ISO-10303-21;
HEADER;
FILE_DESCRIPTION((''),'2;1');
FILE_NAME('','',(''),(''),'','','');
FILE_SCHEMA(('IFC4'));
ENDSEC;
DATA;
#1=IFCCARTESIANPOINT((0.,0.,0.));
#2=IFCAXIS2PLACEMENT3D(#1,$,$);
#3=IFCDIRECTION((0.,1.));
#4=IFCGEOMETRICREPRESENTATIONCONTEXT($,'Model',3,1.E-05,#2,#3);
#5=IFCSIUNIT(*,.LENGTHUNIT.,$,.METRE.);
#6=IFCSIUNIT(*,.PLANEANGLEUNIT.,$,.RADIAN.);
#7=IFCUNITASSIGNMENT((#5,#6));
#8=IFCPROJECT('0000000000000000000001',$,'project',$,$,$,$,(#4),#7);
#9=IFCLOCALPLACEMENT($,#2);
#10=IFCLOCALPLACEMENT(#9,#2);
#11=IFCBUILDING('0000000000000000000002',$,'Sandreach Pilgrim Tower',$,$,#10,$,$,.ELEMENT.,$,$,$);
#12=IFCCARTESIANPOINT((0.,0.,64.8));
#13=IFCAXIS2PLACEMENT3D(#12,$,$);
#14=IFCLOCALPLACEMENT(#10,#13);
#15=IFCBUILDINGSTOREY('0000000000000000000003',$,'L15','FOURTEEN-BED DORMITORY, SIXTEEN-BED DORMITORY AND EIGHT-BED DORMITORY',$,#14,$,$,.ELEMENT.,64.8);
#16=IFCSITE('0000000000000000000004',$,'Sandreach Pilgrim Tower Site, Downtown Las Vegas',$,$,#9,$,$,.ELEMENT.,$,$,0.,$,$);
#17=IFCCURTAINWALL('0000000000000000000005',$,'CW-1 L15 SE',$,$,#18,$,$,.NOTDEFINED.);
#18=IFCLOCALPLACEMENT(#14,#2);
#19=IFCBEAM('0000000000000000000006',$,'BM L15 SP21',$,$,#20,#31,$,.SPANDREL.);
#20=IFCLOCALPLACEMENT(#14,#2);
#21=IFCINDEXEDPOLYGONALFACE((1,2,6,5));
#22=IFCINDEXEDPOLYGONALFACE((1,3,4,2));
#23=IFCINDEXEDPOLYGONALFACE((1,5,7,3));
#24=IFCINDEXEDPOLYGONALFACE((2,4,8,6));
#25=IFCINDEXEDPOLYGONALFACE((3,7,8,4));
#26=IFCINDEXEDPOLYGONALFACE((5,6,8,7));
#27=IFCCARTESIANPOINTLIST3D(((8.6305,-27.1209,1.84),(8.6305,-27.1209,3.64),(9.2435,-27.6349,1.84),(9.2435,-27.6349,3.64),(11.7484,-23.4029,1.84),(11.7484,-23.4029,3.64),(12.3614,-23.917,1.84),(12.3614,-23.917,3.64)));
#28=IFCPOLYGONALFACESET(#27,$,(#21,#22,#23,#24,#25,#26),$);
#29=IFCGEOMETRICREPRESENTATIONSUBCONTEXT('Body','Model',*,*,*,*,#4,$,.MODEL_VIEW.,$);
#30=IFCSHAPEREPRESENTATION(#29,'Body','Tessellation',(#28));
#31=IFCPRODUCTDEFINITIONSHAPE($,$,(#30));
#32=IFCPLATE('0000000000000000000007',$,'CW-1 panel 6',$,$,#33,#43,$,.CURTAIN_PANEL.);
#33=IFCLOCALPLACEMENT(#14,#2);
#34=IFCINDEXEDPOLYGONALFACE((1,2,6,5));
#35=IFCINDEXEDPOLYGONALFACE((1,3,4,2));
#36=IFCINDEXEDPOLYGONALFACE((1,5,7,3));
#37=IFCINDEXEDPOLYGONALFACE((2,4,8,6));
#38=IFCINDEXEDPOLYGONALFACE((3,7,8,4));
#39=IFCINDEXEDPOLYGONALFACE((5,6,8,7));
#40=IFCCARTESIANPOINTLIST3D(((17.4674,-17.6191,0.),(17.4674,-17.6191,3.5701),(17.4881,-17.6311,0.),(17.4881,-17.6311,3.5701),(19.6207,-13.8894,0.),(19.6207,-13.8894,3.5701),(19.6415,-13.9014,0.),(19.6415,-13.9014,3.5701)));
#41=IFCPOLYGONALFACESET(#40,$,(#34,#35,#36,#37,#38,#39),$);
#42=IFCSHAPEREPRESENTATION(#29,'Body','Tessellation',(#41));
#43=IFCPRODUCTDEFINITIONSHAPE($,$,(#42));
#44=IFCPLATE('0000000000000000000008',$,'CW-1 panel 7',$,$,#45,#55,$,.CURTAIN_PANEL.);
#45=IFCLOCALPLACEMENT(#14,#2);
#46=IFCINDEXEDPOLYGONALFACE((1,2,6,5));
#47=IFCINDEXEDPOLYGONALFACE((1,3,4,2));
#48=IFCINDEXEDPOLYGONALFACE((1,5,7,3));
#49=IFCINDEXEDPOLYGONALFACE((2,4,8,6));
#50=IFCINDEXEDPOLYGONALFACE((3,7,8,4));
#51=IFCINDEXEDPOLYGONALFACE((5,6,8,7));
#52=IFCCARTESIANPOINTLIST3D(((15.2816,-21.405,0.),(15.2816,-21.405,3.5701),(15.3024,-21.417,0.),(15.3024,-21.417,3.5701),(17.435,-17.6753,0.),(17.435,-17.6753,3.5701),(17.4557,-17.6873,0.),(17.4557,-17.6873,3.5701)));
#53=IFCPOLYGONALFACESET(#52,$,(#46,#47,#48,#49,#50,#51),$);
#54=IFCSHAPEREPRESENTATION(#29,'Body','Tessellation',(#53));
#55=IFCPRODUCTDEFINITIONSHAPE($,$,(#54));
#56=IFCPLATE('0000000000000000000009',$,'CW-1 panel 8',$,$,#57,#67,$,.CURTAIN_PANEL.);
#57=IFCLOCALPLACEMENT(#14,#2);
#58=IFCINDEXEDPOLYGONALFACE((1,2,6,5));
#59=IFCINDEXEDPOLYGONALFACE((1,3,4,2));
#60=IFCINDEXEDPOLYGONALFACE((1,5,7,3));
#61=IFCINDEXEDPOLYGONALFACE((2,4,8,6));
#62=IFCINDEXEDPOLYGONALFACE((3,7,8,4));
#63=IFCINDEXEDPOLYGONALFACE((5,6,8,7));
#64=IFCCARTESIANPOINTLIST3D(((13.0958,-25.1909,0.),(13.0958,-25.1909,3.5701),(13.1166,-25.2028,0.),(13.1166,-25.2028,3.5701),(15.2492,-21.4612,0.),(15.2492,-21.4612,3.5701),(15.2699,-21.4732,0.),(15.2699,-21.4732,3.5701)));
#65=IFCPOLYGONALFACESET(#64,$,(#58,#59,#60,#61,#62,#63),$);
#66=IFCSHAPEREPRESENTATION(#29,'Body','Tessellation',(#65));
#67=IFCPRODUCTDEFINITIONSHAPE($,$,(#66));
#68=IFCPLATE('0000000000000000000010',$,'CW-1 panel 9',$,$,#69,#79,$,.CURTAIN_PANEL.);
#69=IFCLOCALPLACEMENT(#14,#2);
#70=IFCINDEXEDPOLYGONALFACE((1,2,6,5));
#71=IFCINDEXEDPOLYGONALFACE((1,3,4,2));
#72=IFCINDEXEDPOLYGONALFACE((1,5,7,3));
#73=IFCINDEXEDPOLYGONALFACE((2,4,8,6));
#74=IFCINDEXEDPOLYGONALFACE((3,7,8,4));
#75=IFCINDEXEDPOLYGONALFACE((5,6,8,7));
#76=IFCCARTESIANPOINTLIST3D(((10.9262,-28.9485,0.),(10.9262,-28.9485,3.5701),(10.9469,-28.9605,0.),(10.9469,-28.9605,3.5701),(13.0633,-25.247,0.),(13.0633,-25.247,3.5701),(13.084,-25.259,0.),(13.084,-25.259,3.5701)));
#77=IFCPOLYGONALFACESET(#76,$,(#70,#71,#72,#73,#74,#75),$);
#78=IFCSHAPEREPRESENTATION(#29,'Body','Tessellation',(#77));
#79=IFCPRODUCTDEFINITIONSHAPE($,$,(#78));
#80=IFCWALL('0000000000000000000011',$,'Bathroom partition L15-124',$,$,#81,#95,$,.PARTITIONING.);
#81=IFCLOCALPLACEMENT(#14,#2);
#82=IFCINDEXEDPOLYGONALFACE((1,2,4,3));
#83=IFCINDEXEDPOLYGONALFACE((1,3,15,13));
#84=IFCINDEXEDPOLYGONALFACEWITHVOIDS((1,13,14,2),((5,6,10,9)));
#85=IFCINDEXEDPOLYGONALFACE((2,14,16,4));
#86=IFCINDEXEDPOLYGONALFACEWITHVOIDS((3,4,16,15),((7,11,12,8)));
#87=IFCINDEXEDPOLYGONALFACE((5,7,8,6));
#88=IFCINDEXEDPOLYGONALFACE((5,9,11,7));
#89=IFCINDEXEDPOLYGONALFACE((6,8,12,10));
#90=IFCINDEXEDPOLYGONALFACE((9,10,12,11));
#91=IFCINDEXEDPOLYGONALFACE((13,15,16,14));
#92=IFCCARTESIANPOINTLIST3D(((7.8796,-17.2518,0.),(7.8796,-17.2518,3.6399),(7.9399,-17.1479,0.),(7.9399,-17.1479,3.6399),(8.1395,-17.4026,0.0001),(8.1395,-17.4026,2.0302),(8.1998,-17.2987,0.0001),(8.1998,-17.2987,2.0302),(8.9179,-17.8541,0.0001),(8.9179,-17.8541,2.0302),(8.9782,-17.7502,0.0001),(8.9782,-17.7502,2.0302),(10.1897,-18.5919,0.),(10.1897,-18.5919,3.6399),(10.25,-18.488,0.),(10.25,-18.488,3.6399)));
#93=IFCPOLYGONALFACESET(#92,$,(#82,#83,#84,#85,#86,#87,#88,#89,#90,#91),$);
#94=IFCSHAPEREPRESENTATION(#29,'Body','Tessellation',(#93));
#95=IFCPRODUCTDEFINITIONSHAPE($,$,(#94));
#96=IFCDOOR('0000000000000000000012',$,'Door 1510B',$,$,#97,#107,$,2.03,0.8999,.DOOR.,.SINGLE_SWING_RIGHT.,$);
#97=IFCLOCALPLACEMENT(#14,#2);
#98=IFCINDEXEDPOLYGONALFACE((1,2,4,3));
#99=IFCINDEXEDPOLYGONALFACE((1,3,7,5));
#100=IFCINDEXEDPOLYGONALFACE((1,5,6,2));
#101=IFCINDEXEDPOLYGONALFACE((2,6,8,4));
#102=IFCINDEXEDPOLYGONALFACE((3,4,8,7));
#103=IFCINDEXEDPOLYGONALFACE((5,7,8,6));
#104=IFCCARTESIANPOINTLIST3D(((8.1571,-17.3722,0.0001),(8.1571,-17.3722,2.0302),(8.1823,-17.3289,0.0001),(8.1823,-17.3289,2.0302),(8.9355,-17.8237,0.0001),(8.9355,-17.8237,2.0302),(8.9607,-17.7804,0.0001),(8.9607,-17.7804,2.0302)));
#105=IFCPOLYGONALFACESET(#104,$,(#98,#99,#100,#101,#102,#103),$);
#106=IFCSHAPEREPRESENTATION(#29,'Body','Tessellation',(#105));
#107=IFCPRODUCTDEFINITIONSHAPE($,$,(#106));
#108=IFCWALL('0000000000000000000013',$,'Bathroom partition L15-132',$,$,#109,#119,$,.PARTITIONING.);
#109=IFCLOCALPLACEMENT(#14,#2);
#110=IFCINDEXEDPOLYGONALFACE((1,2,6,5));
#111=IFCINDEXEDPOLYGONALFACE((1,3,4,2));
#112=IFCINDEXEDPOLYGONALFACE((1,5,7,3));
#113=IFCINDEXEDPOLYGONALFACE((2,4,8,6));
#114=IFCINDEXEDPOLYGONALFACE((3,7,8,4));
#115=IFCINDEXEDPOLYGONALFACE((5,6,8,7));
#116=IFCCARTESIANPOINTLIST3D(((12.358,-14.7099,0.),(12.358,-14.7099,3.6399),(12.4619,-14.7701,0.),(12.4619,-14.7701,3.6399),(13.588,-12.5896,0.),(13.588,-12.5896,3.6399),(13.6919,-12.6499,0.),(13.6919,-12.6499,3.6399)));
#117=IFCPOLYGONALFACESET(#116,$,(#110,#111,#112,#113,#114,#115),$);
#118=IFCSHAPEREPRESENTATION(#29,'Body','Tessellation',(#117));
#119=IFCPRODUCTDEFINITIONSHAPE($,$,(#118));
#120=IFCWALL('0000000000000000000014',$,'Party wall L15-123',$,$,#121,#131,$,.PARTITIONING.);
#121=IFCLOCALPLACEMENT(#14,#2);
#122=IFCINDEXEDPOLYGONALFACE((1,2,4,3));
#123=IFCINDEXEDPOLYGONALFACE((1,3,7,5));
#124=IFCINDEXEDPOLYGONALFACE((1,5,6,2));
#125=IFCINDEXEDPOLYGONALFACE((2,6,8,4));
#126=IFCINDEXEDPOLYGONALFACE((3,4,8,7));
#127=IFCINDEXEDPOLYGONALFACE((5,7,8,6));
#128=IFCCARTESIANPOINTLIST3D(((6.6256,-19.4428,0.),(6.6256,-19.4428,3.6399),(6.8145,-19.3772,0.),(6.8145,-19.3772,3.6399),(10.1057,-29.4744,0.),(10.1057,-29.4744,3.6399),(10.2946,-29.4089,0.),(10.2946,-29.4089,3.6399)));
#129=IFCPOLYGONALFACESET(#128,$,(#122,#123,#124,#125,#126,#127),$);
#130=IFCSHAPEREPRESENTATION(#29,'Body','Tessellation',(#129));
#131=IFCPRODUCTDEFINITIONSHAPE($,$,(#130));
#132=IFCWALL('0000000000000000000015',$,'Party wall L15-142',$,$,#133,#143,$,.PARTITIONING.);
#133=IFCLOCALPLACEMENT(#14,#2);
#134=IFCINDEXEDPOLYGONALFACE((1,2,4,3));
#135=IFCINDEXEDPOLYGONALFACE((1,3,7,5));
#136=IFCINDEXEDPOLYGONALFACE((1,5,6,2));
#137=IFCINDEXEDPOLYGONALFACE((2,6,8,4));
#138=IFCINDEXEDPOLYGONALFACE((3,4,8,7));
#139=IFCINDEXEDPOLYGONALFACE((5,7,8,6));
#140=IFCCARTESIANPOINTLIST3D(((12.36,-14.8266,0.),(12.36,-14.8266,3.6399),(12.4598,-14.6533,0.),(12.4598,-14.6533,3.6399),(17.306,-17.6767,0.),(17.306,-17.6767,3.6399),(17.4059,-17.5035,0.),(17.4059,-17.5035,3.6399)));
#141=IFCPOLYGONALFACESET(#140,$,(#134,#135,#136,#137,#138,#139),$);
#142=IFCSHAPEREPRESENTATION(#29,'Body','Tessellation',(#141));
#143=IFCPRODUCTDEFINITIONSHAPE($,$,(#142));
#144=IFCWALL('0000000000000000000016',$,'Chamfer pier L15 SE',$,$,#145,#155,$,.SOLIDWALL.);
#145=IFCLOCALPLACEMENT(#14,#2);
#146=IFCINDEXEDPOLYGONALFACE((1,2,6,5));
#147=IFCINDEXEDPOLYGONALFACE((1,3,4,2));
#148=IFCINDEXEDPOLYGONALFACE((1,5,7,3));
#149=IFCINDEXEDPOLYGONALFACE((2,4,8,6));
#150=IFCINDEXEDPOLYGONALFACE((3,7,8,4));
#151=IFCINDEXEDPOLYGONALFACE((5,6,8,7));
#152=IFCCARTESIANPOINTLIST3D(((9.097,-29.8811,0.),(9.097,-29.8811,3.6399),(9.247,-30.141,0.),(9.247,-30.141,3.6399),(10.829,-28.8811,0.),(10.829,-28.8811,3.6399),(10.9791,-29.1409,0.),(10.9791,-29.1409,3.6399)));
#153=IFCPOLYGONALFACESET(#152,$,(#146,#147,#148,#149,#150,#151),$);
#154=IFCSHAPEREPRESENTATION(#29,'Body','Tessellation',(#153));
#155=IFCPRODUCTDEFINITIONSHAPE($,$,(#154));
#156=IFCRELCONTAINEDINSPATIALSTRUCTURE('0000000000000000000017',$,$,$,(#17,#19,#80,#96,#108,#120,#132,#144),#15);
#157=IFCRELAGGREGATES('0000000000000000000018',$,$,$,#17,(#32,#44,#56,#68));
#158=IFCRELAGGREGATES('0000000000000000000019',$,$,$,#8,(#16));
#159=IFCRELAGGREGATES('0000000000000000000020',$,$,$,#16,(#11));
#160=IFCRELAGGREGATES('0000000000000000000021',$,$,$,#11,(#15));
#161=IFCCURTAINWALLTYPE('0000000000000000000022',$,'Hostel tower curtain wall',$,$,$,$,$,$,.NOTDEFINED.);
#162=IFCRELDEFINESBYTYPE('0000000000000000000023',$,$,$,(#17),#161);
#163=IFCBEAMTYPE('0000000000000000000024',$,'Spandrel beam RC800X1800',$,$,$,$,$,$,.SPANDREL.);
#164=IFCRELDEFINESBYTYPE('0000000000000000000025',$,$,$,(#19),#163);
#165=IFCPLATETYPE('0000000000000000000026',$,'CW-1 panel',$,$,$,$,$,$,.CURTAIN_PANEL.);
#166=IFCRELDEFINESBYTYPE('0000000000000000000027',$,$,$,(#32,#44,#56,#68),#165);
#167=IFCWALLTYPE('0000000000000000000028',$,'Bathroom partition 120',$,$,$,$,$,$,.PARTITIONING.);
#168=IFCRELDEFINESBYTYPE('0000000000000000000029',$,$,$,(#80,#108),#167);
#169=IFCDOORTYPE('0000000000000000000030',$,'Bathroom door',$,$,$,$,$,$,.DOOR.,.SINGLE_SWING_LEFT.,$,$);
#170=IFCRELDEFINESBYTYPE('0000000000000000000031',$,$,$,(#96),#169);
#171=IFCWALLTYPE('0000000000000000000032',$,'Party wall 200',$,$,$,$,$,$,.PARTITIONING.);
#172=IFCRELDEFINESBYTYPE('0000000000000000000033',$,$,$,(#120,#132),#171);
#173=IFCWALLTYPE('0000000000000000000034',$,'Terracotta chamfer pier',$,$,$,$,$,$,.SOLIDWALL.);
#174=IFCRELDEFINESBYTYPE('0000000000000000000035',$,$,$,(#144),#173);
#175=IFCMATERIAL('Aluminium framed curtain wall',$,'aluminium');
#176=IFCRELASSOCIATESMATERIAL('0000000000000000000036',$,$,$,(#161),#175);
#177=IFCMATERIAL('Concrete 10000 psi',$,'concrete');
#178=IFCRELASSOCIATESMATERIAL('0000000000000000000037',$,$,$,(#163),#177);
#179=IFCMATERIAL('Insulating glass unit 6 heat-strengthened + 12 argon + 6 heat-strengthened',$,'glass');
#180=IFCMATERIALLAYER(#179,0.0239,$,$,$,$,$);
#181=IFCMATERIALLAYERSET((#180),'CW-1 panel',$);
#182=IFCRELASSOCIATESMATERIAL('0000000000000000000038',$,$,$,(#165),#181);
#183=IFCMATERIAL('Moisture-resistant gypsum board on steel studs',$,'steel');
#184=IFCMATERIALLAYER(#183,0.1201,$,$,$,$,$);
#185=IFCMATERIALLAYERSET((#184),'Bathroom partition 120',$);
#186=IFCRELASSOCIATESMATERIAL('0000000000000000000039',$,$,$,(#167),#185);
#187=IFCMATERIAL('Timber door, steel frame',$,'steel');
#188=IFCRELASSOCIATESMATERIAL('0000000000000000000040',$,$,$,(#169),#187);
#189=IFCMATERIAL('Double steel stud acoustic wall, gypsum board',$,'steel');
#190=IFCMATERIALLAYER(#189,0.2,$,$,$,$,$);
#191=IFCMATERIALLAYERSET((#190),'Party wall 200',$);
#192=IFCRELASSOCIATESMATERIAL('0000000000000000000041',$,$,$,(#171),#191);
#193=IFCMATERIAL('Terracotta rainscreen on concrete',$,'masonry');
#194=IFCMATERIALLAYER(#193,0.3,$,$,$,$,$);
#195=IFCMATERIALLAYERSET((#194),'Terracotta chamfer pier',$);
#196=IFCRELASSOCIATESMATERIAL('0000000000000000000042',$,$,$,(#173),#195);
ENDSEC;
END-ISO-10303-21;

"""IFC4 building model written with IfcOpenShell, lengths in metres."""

from ifc_helpers import new_model, si_unit, direction, frame, frame_2d, origin, origin_2d, place, context, subcontext, project, spatial, rectangle, extrude, material, layer, layer_set, material_profile, profile_set, type_object, element, fill, aggregate, save


model = new_model("IFC4")

# Units and contexts
model_context = context("Model", 3, precision=1e-05, world=origin(), true_north=direction((0.0, 1.0)))
body_context = subcontext(model_context, "Body", "Model", "MODEL_VIEW")
ifc_project = project(units=[si_unit("LENGTHUNIT", "METRE"), si_unit("PLANEANGLEUNIT", "RADIAN")], contexts=[model_context])

# Site, building, storey
site_placement = place(None, origin())
site = spatial("IfcSite", under=ifc_project, at=site_placement, Name="Sandreach Pilgrim Tower Site, Downtown Las Vegas", CompositionType="ELEMENT", RefElevation=0.0)
building_placement = place(site_placement, origin())
building = spatial("IfcBuilding", under=site, at=building_placement, Name="Sandreach Pilgrim Tower", CompositionType="ELEMENT")
storey_placement = place(building_placement, frame((0.0, 0.0, 64.8)))
storey = spatial("IfcBuildingStorey", under=building, at=storey_placement, Name="L15", Description="FOURTEEN-BED DORMITORY, SIXTEEN-BED DORMITORY AND EIGHT-BED DORMITORY", CompositionType="ELEMENT", Elevation=64.8)

# Curtain wall
ifc_material_1 = material(Name="Aluminium framed curtain wall", Category="aluminium")
curtain_wall_type = type_object("IfcCurtainWallType", Name="Hostel tower curtain wall", PredefinedType="NOTDEFINED", material=ifc_material_1)
curtain_wall_1_placement = place(storey_placement, origin())
curtain_wall_1 = element("IfcCurtainWall", 1, at=curtain_wall_1_placement, inside=storey, type_object=curtain_wall_type, Name="CW-1 L15 SE", PredefinedType="NOTDEFINED")

# Beam
ifc_material_2 = material(Name="Concrete 10000 psi", Category="concrete")
ifc_material_profile_1 = material_profile(ifc_material_2, rectangle(XDim=0.8, YDim=1.8, at=origin_2d()), Name="RC800X1800")
ifc_profile_set_1 = profile_set([ifc_material_profile_1], Name="Concrete 10000 psi")
beam_type_1 = type_object("IfcBeamType", Name="Spandrel beam RC800X1800", PredefinedType="SPANDREL", material=ifc_profile_set_1)
beam_1_placement = place(storey_placement, frame((12.0549, -23.6599, 2.74), z_axis=(-0.642562, -0.766234, 0.0), x_axis=(0.766234, -0.642562, 0.0)))
element("IfcBeam", 2, at=beam_1_placement, inside=storey, type_object=beam_type_1, Name="BM L15 SP21", PredefinedType="SPANDREL", context=body_context, shape_type="SweptSolid", body=[
    extrude(rectangle(XDim=0.8, YDim=1.8, at=origin_2d()), origin(), (0.0, 0.0, 1.0), 4.8523),
])

# Plates
ifc_material_3 = material(Name="Insulating glass unit 6 heat-strengthened + 12 argon + 6 heat-strengthened", Category="glass")
ifc_layer_1 = layer(ifc_material_3, 0.0239)
ifc_layer_set_1 = layer_set([ifc_layer_1], Name="CW-1 panel")
plate_type = type_object("IfcPlateType", Name="CW-1 panel", PredefinedType="CURTAIN_PANEL", material=ifc_layer_set_1)
plate_1_placement = place(storey_placement, frame((18.5544, -15.7603, 0.0), z_axis=(0.0, 0.0, 1.0), x_axis=(-0.5, -0.866025, 0.0)))
plate_1 = element("IfcPlate", 3, at=plate_1_placement, type_object=plate_type, Name="CW-1 panel 6", PredefinedType="CURTAIN_PANEL", context=body_context, shape_type="SweptSolid", body=[
    extrude(rectangle(XDim=4.3066, YDim=0.0239, at=origin_2d()), origin(), (0.0, 0.0, 1.0), 3.5701),
])
plate_2_placement = place(storey_placement, frame((16.3687, -19.5461, 0.0), z_axis=(0.0, 0.0, 1.0), x_axis=(-0.5, -0.866025, 0.0)))
plate_2 = element("IfcPlate", 4, at=plate_2_placement, type_object=plate_type, Name="CW-1 panel 7", PredefinedType="CURTAIN_PANEL", context=body_context, shape_type="SweptSolid", body=[
    extrude(rectangle(XDim=4.3066, YDim=0.0239, at=origin_2d()), origin(), (0.0, 0.0, 1.0), 3.5701),
])
plate_3_placement = place(storey_placement, frame((14.1829, -23.332, 0.0), z_axis=(0.0, 0.0, 1.0), x_axis=(-0.5, -0.866025, 0.0)))
plate_3 = element("IfcPlate", 5, at=plate_3_placement, type_object=plate_type, Name="CW-1 panel 8", PredefinedType="CURTAIN_PANEL", context=body_context, shape_type="SweptSolid", body=[
    extrude(rectangle(XDim=4.3066, YDim=0.0239, at=origin_2d()), origin(), (0.0, 0.0, 1.0), 3.5701),
])
plate_4_placement = place(storey_placement, frame((12.0051, -27.1038, 0.0), z_axis=(0.0, 0.0, 1.0), x_axis=(-0.5, -0.866025, 0.0)))
plate_4 = element("IfcPlate", 6, at=plate_4_placement, type_object=plate_type, Name="CW-1 panel 9", PredefinedType="CURTAIN_PANEL", context=body_context, shape_type="SweptSolid", body=[
    extrude(rectangle(XDim=4.2742, YDim=0.0239, at=origin_2d()), origin(), (0.0, 0.0, 1.0), 3.5701),
])
aggregate(curtain_wall_1, [plate_1, plate_2, plate_3, plate_4])

# Wall, opening, door
ifc_material_4 = material(Name="Moisture-resistant gypsum board on steel studs", Category="steel")
ifc_layer_2 = layer(ifc_material_4, 0.1201)
ifc_layer_set_2 = layer_set([ifc_layer_2], Name="Bathroom partition 120")
wall_type_1 = type_object("IfcWallType", Name="Bathroom partition 120", PredefinedType="PARTITIONING", material=ifc_layer_set_2)
wall_1_placement = place(storey_placement, frame((10.22, -18.54, 0.0), z_axis=(0.0, 0.0, 1.0), x_axis=(-0.86499, 0.501789, 0.0)))
wall_1 = element("IfcWall", 7, at=wall_1_placement, inside=storey, type_object=wall_type_1, Name="Bathroom partition L15-124", PredefinedType="PARTITIONING", context=body_context, shape_type="SweptSolid", body=[
    extrude(rectangle(XDim=2.6707, YDim=0.1201, at=frame_2d((1.3354, 0.0))), origin(), (0.0, 0.0, 1.0), 3.6399),
])
opening_placement = place(wall_1_placement, frame((1.4705, 0.0, 0.0)))
opening = element("IfcOpeningElement", 8, at=opening_placement, cuts=wall_1, PredefinedType="OPENING", context=body_context, shape_type="SweptSolid", body=[
    extrude(rectangle(XDim=0.8999, YDim=2.03, at=frame_2d((0.45, 1.0151))), frame((0.0, 0.0601, 0.0), z_axis=(0.0, -1.0, 0.0), x_axis=(1.0, 0.0, 0.0)), (0.0, 0.0, 1.0), 0.1201),
])
ifc_material_5 = material(Name="Timber door, steel frame", Category="steel")
door_type = type_object("IfcDoorType", Name="Bathroom door", OperationType="SINGLE_SWING_LEFT", PredefinedType="DOOR", material=ifc_material_5)
door_placement = place(opening_placement, origin())
door = element("IfcDoor", 9, at=door_placement, inside=storey, type_object=door_type, Name="Door 1510B", OperationType="SINGLE_SWING_RIGHT", OverallHeight=2.03, OverallWidth=0.8999, PredefinedType="DOOR", context=body_context, shape_type="SweptSolid", body=[
    extrude(rectangle(XDim=0.8999, YDim=2.03, at=frame_2d((0.45, 1.0151))), frame((0.0, 0.0249, 0.0), z_axis=(0.0, -1.0, 0.0), x_axis=(1.0, 0.0, 0.0)), (0.0, 0.0, 1.0), 0.05),
])
fill(opening, door)

# Walls
wall_2_placement = place(storey_placement, frame((12.4099, -14.74, 0.0), z_axis=(0.0, 0.0, 1.0), x_axis=(0.501813, 0.864976, 0.0)))
element("IfcWall", 10, at=wall_2_placement, inside=storey, type_object=wall_type_1, Name="Bathroom partition L15-132", PredefinedType="PARTITIONING", context=body_context, shape_type="SweptSolid", body=[
    extrude(rectangle(XDim=2.4512, YDim=0.1201, at=frame_2d((1.2256, 0.0))), origin(), (0.0, 0.0, 1.0), 3.6399),
])
ifc_material_6 = material(Name="Double steel stud acoustic wall, gypsum board", Category="steel")
ifc_layer_3 = layer(ifc_material_6, 0.2)
ifc_layer_set_3 = layer_set([ifc_layer_3], Name="Party wall 200")
wall_type_2 = type_object("IfcWallType", Name="Party wall 200", PredefinedType="PARTITIONING", material=ifc_layer_set_3)
wall_3_placement = place(storey_placement, frame((10.2002, -29.4417, 0.0), z_axis=(0.0, 0.0, 1.0), x_axis=(-0.327758, 0.944762, 0.0)))
element("IfcWall", 11, at=wall_3_placement, inside=storey, type_object=wall_type_2, Name="Party wall L15-123", PredefinedType="PARTITIONING", context=body_context, shape_type="SweptSolid", body=[
    extrude(rectangle(XDim=10.6182, YDim=0.2, at=frame_2d((5.3091, 0.0))), origin(), (0.0, 0.0, 1.0), 3.6399),
])
wall_4_placement = place(storey_placement, frame((17.356, -17.5901, 0.0), z_axis=(0.0, 0.0, 1.0), x_axis=(-0.866443, 0.499277, 0.0)))
element("IfcWall", 12, at=wall_4_placement, inside=storey, type_object=wall_type_2, Name="Party wall L15-142", PredefinedType="PARTITIONING", context=body_context, shape_type="SweptSolid", body=[
    extrude(rectangle(XDim=5.7085, YDim=0.2, at=frame_2d((2.8542, 0.0))), origin(), (0.0, 0.0, 1.0), 3.6399),
])
ifc_material_7 = material(Name="Terracotta rainscreen on concrete", Category="masonry")
ifc_layer_4 = layer(ifc_material_7, 0.3)
ifc_layer_set_4 = layer_set([ifc_layer_4], Name="Terracotta chamfer pier")
wall_type_3 = type_object("IfcWallType", Name="Terracotta chamfer pier", PredefinedType="SOLIDWALL", material=ifc_layer_set_4)
wall_5_placement = place(storey_placement, frame((10.9041, -29.011, 0.0), z_axis=(0.0, 0.0, 1.0), x_axis=(-0.866011, -0.500025, 0.0)))
element("IfcWall", 13, at=wall_5_placement, inside=storey, type_object=wall_type_3, Name="Chamfer pier L15 SE", PredefinedType="SOLIDWALL", context=body_context, shape_type="SweptSolid", body=[
    extrude(rectangle(XDim=2.0, YDim=0.3, at=frame_2d((1.0, 0.0))), origin(), (0.0, 0.0, 1.0), 3.6399),
])

save(model, "model.ifc")
